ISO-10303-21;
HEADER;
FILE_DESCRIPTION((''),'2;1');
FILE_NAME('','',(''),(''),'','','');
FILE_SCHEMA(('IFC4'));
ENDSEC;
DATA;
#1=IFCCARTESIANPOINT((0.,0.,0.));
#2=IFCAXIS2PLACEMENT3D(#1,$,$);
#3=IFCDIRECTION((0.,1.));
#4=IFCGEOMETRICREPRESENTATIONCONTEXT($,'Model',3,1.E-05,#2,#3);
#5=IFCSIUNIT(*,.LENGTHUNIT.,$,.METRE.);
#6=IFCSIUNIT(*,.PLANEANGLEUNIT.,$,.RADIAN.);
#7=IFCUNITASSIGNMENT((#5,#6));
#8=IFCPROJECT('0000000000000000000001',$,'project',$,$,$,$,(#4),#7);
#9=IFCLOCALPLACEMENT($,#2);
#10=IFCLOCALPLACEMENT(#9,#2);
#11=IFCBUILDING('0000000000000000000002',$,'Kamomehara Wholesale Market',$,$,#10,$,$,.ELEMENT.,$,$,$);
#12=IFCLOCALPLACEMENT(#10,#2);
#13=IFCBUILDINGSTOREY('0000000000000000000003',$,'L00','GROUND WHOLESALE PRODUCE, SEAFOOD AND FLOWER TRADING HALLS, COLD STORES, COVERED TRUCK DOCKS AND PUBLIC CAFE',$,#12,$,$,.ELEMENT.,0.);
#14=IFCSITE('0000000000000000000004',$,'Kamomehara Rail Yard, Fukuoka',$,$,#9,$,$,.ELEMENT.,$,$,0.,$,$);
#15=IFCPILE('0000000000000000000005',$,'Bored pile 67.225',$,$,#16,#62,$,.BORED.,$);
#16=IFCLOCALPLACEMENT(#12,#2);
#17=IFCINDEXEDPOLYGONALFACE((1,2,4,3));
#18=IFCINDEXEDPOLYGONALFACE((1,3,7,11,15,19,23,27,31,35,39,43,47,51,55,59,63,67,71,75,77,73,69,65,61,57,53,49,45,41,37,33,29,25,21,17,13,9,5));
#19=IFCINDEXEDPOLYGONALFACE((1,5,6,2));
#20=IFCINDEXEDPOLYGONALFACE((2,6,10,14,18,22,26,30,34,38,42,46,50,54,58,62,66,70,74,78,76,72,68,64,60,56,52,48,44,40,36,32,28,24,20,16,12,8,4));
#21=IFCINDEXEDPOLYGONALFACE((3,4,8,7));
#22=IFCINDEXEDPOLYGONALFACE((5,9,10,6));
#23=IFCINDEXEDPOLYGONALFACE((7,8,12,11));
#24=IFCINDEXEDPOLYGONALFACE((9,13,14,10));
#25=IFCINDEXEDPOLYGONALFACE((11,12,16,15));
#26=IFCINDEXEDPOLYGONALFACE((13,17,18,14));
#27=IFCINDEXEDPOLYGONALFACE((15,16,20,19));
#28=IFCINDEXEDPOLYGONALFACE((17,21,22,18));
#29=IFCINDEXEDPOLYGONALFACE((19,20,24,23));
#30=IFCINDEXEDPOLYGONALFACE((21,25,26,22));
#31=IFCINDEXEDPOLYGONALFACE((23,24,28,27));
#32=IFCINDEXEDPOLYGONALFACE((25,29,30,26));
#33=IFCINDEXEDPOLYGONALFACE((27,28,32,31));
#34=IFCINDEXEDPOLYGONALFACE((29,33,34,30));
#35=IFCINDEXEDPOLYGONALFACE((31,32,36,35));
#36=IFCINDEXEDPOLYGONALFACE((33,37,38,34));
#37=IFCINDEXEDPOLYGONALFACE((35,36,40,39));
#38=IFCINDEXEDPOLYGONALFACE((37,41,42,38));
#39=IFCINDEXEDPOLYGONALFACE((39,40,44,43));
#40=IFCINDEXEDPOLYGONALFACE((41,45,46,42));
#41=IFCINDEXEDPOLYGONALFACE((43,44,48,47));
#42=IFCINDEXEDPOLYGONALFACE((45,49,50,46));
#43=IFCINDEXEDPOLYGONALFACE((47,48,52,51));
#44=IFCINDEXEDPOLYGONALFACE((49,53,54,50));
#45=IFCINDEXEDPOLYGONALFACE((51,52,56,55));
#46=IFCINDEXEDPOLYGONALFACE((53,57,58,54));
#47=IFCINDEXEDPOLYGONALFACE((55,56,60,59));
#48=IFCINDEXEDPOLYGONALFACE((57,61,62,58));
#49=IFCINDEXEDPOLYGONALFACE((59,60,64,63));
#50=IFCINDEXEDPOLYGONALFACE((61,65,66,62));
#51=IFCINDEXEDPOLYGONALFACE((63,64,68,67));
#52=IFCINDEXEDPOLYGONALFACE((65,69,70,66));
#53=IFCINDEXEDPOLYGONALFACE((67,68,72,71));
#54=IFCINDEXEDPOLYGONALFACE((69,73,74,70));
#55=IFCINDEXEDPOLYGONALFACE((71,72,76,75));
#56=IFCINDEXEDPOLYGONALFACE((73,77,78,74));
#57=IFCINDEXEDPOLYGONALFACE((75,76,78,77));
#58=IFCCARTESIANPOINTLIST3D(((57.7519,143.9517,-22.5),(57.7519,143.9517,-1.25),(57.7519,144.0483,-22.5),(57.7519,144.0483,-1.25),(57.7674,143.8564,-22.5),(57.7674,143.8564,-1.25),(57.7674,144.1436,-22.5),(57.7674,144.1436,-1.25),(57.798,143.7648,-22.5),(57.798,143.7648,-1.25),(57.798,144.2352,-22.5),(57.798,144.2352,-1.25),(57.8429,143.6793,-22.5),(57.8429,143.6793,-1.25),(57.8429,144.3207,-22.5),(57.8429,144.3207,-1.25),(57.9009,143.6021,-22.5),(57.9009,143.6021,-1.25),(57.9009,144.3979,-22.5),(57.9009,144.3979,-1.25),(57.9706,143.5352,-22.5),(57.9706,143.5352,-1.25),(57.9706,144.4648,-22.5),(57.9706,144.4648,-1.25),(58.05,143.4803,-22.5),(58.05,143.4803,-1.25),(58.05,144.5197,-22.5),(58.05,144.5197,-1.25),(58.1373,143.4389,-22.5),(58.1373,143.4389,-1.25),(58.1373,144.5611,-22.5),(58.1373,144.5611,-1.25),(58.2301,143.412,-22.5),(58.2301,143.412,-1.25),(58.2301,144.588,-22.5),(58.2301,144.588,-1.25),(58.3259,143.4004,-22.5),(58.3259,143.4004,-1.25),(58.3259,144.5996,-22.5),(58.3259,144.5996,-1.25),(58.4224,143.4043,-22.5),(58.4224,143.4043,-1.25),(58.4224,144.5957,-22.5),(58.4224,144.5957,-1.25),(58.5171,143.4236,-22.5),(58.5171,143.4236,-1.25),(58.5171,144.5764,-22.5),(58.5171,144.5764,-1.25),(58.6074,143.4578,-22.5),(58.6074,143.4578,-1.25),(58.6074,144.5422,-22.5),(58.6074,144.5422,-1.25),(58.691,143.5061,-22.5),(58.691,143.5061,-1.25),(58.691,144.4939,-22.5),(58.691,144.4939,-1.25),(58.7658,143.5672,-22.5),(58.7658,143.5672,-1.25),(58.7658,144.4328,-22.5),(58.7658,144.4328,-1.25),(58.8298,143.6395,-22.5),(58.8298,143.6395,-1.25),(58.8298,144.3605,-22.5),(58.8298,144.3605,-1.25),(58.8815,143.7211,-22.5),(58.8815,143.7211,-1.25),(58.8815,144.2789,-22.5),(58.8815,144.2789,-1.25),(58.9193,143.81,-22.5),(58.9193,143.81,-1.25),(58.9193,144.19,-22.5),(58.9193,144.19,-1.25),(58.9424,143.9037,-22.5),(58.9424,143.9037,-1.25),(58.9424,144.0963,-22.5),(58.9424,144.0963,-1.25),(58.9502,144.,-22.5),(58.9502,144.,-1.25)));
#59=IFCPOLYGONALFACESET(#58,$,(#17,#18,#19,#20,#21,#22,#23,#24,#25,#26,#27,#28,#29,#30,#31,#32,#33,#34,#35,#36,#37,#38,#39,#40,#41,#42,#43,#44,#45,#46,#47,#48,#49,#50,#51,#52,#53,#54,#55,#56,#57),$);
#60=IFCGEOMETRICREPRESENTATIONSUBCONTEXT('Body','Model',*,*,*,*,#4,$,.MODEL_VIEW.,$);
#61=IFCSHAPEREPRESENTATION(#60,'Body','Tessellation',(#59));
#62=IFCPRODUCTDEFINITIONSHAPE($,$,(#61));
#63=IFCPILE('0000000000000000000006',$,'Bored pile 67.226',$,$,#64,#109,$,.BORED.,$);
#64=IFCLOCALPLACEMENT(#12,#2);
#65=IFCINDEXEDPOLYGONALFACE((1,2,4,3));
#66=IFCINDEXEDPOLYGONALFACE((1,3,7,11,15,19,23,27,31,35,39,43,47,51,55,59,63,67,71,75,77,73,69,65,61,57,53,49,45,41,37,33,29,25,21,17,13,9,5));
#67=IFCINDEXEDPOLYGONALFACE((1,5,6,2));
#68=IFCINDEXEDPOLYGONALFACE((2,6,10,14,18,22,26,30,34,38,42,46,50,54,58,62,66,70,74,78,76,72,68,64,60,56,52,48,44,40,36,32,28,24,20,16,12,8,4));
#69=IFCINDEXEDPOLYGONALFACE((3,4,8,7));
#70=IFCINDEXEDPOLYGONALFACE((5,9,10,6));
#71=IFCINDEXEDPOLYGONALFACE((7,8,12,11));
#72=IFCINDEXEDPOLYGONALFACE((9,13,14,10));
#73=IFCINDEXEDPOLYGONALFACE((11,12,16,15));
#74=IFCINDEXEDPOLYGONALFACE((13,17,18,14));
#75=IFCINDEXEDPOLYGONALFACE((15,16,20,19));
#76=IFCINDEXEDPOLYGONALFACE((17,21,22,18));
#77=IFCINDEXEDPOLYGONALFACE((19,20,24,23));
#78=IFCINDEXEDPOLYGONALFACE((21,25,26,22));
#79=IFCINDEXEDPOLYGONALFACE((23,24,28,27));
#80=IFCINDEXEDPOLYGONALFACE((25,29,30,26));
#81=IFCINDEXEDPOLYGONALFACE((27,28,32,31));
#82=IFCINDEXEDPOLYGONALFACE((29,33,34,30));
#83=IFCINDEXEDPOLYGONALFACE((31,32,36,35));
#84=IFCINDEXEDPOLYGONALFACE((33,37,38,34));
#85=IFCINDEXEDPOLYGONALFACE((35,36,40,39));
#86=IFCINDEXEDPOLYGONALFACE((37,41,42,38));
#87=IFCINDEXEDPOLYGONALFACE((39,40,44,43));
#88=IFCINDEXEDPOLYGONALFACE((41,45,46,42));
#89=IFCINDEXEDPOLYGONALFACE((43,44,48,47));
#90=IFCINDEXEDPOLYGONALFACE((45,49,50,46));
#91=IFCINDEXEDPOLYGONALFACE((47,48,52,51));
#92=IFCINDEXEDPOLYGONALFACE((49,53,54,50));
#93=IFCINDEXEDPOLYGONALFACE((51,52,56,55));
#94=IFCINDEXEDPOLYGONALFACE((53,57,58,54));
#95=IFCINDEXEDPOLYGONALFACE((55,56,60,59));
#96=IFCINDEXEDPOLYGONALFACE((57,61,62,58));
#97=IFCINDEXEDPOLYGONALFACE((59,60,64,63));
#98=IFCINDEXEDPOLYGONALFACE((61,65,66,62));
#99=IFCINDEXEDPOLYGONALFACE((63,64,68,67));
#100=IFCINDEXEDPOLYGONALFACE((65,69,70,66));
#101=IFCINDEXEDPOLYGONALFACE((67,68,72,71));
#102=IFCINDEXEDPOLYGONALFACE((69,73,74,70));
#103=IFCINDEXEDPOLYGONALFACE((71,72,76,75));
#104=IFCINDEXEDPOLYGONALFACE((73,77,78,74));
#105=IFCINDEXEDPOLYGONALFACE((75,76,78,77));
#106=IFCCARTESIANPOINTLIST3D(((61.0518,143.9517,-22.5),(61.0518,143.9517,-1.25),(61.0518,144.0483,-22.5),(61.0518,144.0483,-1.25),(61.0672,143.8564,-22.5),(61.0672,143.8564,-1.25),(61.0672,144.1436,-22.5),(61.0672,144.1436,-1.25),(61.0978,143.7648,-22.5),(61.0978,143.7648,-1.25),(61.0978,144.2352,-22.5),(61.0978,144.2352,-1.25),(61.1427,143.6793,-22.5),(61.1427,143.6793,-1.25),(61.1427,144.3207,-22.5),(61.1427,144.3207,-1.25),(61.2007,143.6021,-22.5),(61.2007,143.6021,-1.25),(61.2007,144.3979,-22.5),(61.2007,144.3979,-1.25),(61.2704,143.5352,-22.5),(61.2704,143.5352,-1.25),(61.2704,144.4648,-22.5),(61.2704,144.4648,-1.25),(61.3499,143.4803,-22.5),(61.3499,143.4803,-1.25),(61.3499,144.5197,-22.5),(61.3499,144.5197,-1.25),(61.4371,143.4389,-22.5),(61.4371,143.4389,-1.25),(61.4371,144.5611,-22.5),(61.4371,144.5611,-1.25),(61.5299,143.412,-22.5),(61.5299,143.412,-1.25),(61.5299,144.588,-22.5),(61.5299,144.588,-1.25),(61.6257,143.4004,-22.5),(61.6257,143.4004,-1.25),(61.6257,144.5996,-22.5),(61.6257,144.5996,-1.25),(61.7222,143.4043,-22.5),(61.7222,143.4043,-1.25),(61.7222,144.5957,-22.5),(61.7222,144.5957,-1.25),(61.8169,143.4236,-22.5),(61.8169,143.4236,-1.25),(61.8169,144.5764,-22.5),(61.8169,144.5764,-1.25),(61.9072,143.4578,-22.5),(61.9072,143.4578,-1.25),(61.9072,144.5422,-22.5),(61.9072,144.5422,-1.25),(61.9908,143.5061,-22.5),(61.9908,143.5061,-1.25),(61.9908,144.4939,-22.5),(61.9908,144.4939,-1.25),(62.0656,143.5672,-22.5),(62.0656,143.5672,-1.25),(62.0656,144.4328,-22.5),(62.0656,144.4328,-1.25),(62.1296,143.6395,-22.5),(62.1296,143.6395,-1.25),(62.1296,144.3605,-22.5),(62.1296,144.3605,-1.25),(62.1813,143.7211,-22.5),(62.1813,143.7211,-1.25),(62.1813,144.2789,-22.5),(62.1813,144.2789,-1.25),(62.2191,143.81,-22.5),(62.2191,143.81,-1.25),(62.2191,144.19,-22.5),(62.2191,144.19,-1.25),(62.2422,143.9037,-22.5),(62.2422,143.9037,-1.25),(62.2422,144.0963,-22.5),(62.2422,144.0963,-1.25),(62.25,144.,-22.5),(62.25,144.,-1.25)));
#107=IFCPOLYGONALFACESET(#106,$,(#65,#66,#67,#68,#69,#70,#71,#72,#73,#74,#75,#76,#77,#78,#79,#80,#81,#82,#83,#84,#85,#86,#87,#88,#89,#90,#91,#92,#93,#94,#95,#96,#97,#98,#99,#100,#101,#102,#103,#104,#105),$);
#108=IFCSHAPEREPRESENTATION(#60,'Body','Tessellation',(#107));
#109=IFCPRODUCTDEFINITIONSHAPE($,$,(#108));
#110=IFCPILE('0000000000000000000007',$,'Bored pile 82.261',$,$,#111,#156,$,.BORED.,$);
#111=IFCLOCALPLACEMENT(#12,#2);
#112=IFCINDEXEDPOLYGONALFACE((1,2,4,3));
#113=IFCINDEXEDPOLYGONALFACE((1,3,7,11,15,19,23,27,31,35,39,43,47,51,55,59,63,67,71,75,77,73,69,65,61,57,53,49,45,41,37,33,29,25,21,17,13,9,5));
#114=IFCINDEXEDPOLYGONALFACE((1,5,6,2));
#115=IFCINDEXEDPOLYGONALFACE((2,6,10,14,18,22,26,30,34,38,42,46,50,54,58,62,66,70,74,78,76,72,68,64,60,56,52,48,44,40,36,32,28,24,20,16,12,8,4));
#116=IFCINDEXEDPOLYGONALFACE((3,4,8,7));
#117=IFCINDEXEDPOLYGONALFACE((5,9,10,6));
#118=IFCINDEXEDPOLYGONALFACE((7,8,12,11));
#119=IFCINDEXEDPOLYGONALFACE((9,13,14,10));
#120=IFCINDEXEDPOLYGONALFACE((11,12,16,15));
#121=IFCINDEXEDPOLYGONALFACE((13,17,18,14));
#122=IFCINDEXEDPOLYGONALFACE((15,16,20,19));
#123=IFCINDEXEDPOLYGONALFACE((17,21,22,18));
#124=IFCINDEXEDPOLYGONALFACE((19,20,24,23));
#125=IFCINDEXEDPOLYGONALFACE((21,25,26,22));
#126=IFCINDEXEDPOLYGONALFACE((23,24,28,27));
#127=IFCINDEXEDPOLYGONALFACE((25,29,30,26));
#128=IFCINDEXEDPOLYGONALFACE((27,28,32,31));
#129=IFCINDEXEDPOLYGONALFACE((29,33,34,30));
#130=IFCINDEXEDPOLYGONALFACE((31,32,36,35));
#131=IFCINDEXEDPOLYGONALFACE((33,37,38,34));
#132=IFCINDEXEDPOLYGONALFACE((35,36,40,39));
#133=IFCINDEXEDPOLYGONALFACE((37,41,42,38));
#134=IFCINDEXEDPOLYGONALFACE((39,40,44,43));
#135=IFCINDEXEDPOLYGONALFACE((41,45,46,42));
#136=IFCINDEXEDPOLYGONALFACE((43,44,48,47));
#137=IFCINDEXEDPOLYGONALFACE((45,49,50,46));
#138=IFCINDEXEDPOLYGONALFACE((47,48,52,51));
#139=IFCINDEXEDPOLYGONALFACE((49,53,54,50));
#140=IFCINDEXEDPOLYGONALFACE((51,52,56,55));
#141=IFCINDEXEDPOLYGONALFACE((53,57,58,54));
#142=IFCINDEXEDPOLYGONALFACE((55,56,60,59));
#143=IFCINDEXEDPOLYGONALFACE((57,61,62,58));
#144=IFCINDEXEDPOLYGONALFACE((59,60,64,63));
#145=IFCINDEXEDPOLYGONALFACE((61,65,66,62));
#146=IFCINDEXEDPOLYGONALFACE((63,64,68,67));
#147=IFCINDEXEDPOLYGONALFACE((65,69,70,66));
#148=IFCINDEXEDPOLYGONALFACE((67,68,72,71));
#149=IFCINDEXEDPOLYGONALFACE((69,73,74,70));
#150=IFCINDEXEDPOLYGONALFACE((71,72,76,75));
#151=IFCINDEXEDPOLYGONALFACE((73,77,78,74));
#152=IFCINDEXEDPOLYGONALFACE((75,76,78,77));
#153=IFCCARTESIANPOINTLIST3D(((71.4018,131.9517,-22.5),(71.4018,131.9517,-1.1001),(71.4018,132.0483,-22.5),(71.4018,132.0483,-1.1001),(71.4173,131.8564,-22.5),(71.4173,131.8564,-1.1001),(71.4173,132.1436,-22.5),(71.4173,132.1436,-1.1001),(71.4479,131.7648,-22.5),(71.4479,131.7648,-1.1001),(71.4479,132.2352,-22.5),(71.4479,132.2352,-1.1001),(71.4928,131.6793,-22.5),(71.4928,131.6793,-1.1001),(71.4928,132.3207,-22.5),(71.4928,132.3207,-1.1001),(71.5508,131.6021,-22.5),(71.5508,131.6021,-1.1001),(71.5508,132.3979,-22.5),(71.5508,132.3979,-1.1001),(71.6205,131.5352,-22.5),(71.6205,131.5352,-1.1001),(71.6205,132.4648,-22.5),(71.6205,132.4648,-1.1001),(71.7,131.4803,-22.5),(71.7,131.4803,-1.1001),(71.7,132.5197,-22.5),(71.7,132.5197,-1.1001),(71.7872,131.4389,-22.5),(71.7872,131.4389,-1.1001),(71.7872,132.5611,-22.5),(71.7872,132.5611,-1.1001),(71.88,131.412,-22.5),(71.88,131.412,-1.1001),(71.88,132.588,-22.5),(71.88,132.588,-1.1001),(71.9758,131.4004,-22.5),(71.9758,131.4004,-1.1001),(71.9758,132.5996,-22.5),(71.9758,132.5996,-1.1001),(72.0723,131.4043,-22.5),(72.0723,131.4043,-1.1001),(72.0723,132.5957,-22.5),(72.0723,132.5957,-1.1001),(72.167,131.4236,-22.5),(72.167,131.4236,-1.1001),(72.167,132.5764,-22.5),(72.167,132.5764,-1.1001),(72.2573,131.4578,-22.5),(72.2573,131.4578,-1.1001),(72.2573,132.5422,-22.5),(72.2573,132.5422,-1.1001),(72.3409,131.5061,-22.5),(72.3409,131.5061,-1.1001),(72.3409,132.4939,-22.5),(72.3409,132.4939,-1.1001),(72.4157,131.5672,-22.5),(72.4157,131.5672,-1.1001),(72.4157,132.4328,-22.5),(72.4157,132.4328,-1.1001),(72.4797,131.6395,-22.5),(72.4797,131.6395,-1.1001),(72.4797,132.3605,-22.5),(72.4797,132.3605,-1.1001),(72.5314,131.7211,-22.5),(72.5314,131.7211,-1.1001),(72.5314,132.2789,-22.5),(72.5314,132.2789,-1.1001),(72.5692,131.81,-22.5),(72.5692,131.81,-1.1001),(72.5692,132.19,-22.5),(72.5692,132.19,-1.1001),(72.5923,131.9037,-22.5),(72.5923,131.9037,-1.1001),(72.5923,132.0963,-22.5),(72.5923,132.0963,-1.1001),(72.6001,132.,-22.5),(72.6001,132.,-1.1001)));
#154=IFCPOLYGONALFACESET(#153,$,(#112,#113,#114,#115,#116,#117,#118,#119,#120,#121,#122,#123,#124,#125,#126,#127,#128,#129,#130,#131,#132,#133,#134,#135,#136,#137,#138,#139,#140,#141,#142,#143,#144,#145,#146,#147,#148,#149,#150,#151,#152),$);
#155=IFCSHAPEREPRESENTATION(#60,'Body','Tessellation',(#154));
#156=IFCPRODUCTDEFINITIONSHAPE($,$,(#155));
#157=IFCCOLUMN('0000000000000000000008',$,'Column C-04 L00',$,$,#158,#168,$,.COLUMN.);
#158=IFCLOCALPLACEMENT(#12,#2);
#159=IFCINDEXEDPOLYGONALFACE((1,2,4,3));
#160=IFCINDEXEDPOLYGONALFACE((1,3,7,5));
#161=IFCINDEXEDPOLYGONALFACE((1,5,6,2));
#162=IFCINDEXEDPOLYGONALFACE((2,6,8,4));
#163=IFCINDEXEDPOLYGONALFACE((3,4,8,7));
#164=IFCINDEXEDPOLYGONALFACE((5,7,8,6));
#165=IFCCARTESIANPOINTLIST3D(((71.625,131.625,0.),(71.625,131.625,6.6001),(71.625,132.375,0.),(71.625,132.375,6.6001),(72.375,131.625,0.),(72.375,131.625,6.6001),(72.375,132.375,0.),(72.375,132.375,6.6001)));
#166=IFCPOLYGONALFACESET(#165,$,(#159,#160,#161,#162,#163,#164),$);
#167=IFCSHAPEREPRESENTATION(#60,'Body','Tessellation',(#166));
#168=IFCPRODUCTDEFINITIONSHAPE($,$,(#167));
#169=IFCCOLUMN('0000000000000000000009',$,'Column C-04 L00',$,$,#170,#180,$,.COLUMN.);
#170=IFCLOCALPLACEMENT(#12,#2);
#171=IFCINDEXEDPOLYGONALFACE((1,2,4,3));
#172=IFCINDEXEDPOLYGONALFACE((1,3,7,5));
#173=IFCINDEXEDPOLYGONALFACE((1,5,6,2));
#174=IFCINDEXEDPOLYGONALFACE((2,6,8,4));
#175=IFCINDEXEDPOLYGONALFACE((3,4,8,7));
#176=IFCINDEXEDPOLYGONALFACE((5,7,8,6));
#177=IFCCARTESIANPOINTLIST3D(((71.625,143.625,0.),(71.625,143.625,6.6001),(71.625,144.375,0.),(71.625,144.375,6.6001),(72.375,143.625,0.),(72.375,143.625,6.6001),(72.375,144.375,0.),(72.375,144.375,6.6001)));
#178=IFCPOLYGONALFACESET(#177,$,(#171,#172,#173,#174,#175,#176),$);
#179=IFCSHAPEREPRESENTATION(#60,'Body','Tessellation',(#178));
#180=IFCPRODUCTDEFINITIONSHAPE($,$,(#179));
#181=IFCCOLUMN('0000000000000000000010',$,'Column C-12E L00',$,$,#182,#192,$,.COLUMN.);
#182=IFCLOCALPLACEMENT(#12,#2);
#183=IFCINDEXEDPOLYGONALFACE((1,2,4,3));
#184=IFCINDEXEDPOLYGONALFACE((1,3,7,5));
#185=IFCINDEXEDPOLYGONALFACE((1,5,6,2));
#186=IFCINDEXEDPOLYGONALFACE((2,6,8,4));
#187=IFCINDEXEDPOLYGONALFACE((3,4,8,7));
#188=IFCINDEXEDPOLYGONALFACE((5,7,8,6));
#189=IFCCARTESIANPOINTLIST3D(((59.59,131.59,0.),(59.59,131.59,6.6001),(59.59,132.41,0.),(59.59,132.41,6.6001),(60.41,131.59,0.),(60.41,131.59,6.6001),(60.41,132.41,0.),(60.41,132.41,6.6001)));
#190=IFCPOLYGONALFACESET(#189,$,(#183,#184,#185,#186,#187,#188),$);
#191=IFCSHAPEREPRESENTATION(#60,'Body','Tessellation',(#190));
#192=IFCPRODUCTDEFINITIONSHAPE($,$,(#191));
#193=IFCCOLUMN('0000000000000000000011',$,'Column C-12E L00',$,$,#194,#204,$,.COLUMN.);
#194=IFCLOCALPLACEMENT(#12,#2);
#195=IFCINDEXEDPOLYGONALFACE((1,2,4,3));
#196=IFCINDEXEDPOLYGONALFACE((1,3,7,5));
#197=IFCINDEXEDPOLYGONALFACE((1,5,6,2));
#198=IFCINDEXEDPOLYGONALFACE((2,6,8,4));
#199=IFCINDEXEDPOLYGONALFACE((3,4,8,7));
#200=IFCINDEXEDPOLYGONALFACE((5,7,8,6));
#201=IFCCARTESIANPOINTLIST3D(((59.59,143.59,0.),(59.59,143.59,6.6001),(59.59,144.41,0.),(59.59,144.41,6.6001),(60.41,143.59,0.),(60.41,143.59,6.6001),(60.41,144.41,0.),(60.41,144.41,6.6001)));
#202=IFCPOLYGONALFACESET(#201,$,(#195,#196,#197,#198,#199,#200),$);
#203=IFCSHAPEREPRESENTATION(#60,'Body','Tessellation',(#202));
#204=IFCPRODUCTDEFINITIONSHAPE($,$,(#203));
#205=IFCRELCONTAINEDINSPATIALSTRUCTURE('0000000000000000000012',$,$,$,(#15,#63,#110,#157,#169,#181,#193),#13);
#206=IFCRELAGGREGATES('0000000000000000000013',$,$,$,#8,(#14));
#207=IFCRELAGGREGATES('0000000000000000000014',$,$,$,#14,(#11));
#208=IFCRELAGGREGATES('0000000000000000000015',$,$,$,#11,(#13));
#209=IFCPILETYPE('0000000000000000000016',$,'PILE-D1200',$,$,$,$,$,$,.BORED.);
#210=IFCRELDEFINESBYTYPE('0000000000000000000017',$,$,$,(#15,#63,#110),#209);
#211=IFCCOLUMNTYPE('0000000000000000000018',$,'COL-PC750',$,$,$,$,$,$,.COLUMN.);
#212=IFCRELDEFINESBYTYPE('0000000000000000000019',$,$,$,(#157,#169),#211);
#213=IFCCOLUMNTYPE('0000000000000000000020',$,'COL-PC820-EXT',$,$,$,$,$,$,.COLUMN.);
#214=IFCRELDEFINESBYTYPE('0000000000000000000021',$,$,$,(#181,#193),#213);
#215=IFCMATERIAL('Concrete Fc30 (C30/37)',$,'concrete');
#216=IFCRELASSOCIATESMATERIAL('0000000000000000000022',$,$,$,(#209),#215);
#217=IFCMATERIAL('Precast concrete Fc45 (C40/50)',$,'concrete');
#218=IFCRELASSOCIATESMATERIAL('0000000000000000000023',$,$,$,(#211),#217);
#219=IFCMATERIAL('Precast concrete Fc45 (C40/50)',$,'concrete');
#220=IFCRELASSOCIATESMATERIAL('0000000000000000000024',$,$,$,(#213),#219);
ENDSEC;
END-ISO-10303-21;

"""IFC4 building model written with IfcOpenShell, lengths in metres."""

from ifc_helpers import new_model, si_unit, direction, frame, origin, origin_2d, place, context, subcontext, project, spatial, rectangle, circle, extrude, material, material_profile, profile_set, type_object, element, save


model = new_model("IFC4")

# Units and contexts
model_context = context("Model", 3, precision=1e-05, world=origin(), true_north=direction((0.0, 1.0)))
body_context = subcontext(model_context, "Body", "Model", "MODEL_VIEW")
ifc_project = project(units=[si_unit("LENGTHUNIT", "METRE"), si_unit("PLANEANGLEUNIT", "RADIAN")], contexts=[model_context])

# Site, building, storey
site_placement = place(None, origin())
site = spatial("IfcSite", under=ifc_project, at=site_placement, Name="Kamomehara Rail Yard, Fukuoka", CompositionType="ELEMENT", RefElevation=0.0)
building_placement = place(site_placement, origin())
building = spatial("IfcBuilding", under=site, at=building_placement, Name="Kamomehara Wholesale Market", CompositionType="ELEMENT")
storey_placement = place(building_placement, origin())
storey = spatial("IfcBuildingStorey", under=building, at=storey_placement, Name="L00", Description="GROUND WHOLESALE PRODUCE, SEAFOOD AND FLOWER TRADING HALLS, COLD STORES, COVERED TRUCK DOCKS AND PUBLIC CAFE", CompositionType="ELEMENT", Elevation=0.0)

# Piles
ifc_material_1 = material(Name="Concrete Fc30 (C30/37)", Category="concrete")
ifc_material_profile_1 = material_profile(ifc_material_1, circle(Radius=0.6001, at=origin_2d()), Name="RC-PILE-D1200")
ifc_profile_set_1 = profile_set([ifc_material_profile_1], Name="Concrete Fc30 (C30/37)")
pile_type_1 = type_object("IfcPileType", Name="PILE-D1200", PredefinedType="BORED", material=ifc_profile_set_1)
for number, where, z_axis, x_axis, name in (
    (1, (58.3501, 144.0, -1.25), (0.0, 0.0, -1.0), (1.0, 0.0, 0.0), "Bored pile 67.225"),
    (2, (61.6499, 144.0, -1.25), (0.0, 0.0, -1.0), (1.0, 0.0, 0.0), "Bored pile 67.226"),
):
    element("IfcPile", number, at=place(storey_placement, frame(where, z_axis=z_axis, x_axis=x_axis)), inside=storey, type_object=pile_type_1, Name=name, PredefinedType="BORED", context=body_context, shape_type="SweptSolid", body=[
        extrude(circle(Radius=0.6001, at=origin_2d()), origin(), (0.0, 0.0, 1.0), 21.25),
    ])
pile_1_placement = place(storey_placement, frame((72.0, 132.0, -1.1001), z_axis=(0.0, 0.0, -1.0), x_axis=(1.0, 0.0, 0.0)))
element("IfcPile", 3, at=pile_1_placement, inside=storey, type_object=pile_type_1, Name="Bored pile 82.261", PredefinedType="BORED", context=body_context, shape_type="SweptSolid", body=[
    extrude(circle(Radius=0.6001, at=origin_2d()), origin(), (0.0, 0.0, 1.0), 21.3999),
])

# Columns
ifc_material_2 = material(Name="Precast concrete Fc45 (C40/50)", Category="concrete")
ifc_material_profile_2 = material_profile(ifc_material_2, rectangle(XDim=0.75, YDim=0.75, at=origin_2d()), Name="PC-COL-750x750")
ifc_profile_set_2 = profile_set([ifc_material_profile_2], Name="Precast concrete Fc45 (C40/50)")
column_type_1 = type_object("IfcColumnType", Name="COL-PC750", PredefinedType="COLUMN", material=ifc_profile_set_2)
for number, where, z_axis, x_axis, name in (
    (4, (72.0, 132.0, 0.0), (0.0, 0.0, 1.0), (1.0, 0.0, 0.0), "Column C-04 L00"),
    (5, (72.0, 144.0, 0.0), (0.0, 0.0, 1.0), (1.0, 0.0, 0.0), "Column C-04 L00"),
):
    element("IfcColumn", number, at=place(storey_placement, frame(where, z_axis=z_axis, x_axis=x_axis)), inside=storey, type_object=column_type_1, Name=name, PredefinedType="COLUMN", context=body_context, shape_type="SweptSolid", body=[
        extrude(rectangle(XDim=0.75, YDim=0.75, at=origin_2d()), origin(), (0.0, 0.0, 1.0), 6.6001),
    ])
ifc_material_3 = material(Name="Precast concrete Fc45 (C40/50)", Category="concrete")
ifc_material_profile_3 = material_profile(ifc_material_3, rectangle(XDim=0.8201, YDim=0.8201, at=origin_2d()), Name="PC-COL-820x820")
ifc_profile_set_3 = profile_set([ifc_material_profile_3], Name="Precast concrete Fc45 (C40/50)")
column_type_2 = type_object("IfcColumnType", Name="COL-PC820-EXT", PredefinedType="COLUMN", material=ifc_profile_set_3)
for number, where, z_axis, x_axis, name in (
    (6, (60.0, 132.0, 0.0), (0.0, 0.0, 1.0), (1.0, 0.0, 0.0), "Column C-12E L00"),
    (7, (60.0, 144.0, 0.0), (0.0, 0.0, 1.0), (1.0, 0.0, 0.0), "Column C-12E L00"),
):
    element("IfcColumn", number, at=place(storey_placement, frame(where, z_axis=z_axis, x_axis=x_axis)), inside=storey, type_object=column_type_2, Name=name, PredefinedType="COLUMN", context=body_context, shape_type="SweptSolid", body=[
        extrude(rectangle(XDim=0.8201, YDim=0.8201, at=origin_2d()), origin(), (0.0, 0.0, 1.0), 6.6001),
    ])

save(model, "model.ifc")
